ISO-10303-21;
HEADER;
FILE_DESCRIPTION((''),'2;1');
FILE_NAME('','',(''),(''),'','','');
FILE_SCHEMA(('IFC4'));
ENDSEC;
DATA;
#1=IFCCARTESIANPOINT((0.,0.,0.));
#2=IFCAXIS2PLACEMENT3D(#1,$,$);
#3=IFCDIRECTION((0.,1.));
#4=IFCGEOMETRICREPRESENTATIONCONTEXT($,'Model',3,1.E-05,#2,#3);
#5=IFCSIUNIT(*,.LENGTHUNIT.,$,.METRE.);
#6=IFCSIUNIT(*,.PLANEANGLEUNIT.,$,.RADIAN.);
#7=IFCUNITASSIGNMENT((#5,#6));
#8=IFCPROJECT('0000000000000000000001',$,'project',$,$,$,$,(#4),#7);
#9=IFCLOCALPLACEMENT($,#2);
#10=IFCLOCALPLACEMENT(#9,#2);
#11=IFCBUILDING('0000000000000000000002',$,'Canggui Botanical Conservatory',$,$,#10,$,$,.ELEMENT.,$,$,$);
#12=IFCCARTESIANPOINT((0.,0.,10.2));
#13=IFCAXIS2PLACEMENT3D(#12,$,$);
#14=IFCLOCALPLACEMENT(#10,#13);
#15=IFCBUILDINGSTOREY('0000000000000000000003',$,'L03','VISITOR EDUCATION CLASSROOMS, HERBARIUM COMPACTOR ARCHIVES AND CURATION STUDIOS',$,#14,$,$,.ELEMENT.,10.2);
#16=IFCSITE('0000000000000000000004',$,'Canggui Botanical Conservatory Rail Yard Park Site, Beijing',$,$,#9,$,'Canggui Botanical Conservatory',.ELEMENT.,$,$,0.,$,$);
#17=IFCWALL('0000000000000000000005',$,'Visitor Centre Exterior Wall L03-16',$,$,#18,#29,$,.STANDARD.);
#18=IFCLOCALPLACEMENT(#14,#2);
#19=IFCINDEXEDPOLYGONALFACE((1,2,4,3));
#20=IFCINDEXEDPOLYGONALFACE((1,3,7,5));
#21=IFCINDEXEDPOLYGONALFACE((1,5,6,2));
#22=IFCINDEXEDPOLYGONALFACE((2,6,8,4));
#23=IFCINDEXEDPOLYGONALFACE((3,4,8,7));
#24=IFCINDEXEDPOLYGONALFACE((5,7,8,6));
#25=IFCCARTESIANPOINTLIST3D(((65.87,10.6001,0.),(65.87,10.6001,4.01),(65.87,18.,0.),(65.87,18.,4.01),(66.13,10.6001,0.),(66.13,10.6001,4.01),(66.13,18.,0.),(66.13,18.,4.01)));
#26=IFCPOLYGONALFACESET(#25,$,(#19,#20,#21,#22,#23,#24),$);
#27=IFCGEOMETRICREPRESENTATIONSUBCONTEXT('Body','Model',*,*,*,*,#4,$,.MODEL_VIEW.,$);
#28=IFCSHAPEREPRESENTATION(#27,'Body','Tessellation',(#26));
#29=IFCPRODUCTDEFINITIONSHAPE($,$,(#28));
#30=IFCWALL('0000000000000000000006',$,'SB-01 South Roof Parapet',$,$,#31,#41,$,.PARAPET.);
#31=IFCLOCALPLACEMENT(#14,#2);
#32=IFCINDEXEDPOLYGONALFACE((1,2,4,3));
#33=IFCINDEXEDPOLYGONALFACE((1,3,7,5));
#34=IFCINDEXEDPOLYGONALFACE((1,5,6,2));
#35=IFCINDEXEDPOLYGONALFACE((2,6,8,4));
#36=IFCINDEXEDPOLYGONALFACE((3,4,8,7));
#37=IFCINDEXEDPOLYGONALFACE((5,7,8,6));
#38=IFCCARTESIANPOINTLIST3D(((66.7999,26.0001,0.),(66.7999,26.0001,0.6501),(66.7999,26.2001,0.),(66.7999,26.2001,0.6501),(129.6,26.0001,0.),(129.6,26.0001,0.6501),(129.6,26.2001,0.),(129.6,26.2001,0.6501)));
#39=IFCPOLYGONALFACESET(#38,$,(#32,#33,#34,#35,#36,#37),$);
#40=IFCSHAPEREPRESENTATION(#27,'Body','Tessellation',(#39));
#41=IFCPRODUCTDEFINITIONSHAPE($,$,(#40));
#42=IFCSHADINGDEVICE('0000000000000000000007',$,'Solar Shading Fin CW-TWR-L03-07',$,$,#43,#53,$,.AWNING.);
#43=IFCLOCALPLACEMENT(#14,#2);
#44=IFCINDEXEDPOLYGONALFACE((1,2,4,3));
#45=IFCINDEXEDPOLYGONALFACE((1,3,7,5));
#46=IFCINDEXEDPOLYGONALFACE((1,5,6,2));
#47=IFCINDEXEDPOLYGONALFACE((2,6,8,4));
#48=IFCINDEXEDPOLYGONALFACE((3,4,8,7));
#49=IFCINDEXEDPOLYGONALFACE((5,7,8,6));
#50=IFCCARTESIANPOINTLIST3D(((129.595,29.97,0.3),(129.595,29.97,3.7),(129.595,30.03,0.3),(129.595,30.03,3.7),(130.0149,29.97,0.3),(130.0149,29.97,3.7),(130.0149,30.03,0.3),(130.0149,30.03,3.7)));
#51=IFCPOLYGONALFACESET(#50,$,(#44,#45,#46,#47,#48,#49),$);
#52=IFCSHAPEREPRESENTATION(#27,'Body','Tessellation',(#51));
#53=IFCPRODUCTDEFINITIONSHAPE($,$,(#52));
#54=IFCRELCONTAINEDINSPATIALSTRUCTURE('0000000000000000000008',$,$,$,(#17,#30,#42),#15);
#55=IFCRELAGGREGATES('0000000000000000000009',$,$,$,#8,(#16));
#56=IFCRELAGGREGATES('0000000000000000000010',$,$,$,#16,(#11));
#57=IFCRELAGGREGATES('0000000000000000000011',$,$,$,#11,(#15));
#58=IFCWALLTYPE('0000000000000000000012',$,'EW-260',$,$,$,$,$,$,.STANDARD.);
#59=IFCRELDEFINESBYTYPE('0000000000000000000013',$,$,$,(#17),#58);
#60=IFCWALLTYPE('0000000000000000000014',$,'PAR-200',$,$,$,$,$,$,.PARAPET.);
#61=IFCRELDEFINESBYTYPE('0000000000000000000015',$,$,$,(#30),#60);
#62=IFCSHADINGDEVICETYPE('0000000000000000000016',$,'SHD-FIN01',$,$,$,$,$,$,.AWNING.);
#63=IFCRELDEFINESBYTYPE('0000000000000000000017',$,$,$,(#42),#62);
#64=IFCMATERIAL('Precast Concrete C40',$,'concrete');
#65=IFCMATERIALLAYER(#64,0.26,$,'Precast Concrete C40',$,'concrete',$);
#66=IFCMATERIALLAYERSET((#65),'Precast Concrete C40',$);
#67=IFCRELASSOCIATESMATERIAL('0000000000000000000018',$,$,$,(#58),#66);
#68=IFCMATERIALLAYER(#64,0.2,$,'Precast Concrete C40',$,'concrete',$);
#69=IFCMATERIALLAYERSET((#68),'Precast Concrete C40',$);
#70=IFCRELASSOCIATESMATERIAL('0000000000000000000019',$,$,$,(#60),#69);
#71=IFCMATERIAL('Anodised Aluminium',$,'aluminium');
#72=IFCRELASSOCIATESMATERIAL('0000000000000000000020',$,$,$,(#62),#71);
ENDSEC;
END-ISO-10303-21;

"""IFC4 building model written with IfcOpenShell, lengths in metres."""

from ifc_helpers import new_model, si_unit, direction, frame, frame_2d, origin, origin_2d, place, context, subcontext, project, spatial, rectangle, extrude, material, layer, layer_set, type_object, element, save


model = new_model("IFC4")

# Units and contexts
model_context = context("Model", 3, precision=1e-05, world=origin(), true_north=direction((0.0, 1.0)))
body_context = subcontext(model_context, "Body", "Model", "MODEL_VIEW")
ifc_project = project(units=[si_unit("LENGTHUNIT", "METRE"), si_unit("PLANEANGLEUNIT", "RADIAN")], contexts=[model_context])

# Site, building, storey
site_placement = place(None, origin())
site = spatial("IfcSite", under=ifc_project, at=site_placement, Name="Canggui Botanical Conservatory Rail Yard Park Site, Beijing", LongName="Canggui Botanical Conservatory", CompositionType="ELEMENT", RefElevation=0.0)
building_placement = place(site_placement, origin())
building = spatial("IfcBuilding", under=site, at=building_placement, Name="Canggui Botanical Conservatory", CompositionType="ELEMENT")
storey_placement = place(building_placement, frame((0.0, 0.0, 10.2)))
storey = spatial("IfcBuildingStorey", under=building, at=storey_placement, Name="L03", Description="VISITOR EDUCATION CLASSROOMS, HERBARIUM COMPACTOR ARCHIVES AND CURATION STUDIOS", CompositionType="ELEMENT", Elevation=10.2)

# Shared definitions
ifc_material_1 = material(Name="Precast Concrete C40", Category="concrete")
ifc_layer_1 = layer(ifc_material_1, 0.26, Name="Precast Concrete C40", Category="concrete")
ifc_layer_set_1 = layer_set([ifc_layer_1], Name="Precast Concrete C40")
wall_type_1 = type_object("IfcWallType", Name="EW-260", PredefinedType="STANDARD", material=ifc_layer_set_1)

# Walls
wall_1_placement = place(storey_placement, frame((66.0, 18.0, 0.0), z_axis=(0.0, 0.0, 1.0), x_axis=(0.0, -1.0, 0.0)))
element("IfcWall", 1, at=wall_1_placement, inside=storey, type_object=wall_type_1, Name="Visitor Centre Exterior Wall L03-16", PredefinedType="STANDARD", context=body_context, shape_type="SweptSolid", body=[
    extrude(rectangle(XDim=7.3999, YDim=0.26, at=frame_2d((3.7, 0.0))), origin(), (0.0, 0.0, 1.0), 4.01),
])
ifc_layer_2 = layer(ifc_material_1, 0.2, Name="Precast Concrete C40", Category="concrete")
ifc_layer_set_2 = layer_set([ifc_layer_2], Name="Precast Concrete C40")
wall_type_2 = type_object("IfcWallType", Name="PAR-200", PredefinedType="PARAPET", material=ifc_layer_set_2)
wall_2_placement = place(storey_placement, frame((66.8, 26.1001, 0.0), z_axis=(0.0, 0.0, 1.0), x_axis=(1.0, 0.0, 0.0)))
element("IfcWall", 2, at=wall_2_placement, inside=storey, type_object=wall_type_2, Name="SB-01 South Roof Parapet", PredefinedType="PARAPET", context=body_context, shape_type="SweptSolid", body=[
    extrude(rectangle(XDim=62.8, YDim=0.2, at=frame_2d((31.3999, 0.0))), origin(), (0.0, 0.0, 1.0), 0.6501),
])

# Shading device
ifc_material_2 = material(Name="Anodised Aluminium", Category="aluminium")
shading_device_type = type_object("IfcShadingDeviceType", Name="SHD-FIN01", PredefinedType="AWNING", material=ifc_material_2)
shading_device_placement = place(storey_placement, frame((129.8049, 30.0, 0.3), z_axis=(0.0, 0.0, 1.0), x_axis=(0.0, 1.0, 0.0)))
element("IfcShadingDevice", 3, at=shading_device_placement, inside=storey, type_object=shading_device_type, Name="Solar Shading Fin CW-TWR-L03-07", PredefinedType="AWNING", context=body_context, shape_type="SweptSolid", body=[
    extrude(rectangle(XDim=0.0601, YDim=0.4199, at=origin_2d()), origin(), (0.0, 0.0, 1.0), 3.3999),
])

save(model, "model.ifc")
